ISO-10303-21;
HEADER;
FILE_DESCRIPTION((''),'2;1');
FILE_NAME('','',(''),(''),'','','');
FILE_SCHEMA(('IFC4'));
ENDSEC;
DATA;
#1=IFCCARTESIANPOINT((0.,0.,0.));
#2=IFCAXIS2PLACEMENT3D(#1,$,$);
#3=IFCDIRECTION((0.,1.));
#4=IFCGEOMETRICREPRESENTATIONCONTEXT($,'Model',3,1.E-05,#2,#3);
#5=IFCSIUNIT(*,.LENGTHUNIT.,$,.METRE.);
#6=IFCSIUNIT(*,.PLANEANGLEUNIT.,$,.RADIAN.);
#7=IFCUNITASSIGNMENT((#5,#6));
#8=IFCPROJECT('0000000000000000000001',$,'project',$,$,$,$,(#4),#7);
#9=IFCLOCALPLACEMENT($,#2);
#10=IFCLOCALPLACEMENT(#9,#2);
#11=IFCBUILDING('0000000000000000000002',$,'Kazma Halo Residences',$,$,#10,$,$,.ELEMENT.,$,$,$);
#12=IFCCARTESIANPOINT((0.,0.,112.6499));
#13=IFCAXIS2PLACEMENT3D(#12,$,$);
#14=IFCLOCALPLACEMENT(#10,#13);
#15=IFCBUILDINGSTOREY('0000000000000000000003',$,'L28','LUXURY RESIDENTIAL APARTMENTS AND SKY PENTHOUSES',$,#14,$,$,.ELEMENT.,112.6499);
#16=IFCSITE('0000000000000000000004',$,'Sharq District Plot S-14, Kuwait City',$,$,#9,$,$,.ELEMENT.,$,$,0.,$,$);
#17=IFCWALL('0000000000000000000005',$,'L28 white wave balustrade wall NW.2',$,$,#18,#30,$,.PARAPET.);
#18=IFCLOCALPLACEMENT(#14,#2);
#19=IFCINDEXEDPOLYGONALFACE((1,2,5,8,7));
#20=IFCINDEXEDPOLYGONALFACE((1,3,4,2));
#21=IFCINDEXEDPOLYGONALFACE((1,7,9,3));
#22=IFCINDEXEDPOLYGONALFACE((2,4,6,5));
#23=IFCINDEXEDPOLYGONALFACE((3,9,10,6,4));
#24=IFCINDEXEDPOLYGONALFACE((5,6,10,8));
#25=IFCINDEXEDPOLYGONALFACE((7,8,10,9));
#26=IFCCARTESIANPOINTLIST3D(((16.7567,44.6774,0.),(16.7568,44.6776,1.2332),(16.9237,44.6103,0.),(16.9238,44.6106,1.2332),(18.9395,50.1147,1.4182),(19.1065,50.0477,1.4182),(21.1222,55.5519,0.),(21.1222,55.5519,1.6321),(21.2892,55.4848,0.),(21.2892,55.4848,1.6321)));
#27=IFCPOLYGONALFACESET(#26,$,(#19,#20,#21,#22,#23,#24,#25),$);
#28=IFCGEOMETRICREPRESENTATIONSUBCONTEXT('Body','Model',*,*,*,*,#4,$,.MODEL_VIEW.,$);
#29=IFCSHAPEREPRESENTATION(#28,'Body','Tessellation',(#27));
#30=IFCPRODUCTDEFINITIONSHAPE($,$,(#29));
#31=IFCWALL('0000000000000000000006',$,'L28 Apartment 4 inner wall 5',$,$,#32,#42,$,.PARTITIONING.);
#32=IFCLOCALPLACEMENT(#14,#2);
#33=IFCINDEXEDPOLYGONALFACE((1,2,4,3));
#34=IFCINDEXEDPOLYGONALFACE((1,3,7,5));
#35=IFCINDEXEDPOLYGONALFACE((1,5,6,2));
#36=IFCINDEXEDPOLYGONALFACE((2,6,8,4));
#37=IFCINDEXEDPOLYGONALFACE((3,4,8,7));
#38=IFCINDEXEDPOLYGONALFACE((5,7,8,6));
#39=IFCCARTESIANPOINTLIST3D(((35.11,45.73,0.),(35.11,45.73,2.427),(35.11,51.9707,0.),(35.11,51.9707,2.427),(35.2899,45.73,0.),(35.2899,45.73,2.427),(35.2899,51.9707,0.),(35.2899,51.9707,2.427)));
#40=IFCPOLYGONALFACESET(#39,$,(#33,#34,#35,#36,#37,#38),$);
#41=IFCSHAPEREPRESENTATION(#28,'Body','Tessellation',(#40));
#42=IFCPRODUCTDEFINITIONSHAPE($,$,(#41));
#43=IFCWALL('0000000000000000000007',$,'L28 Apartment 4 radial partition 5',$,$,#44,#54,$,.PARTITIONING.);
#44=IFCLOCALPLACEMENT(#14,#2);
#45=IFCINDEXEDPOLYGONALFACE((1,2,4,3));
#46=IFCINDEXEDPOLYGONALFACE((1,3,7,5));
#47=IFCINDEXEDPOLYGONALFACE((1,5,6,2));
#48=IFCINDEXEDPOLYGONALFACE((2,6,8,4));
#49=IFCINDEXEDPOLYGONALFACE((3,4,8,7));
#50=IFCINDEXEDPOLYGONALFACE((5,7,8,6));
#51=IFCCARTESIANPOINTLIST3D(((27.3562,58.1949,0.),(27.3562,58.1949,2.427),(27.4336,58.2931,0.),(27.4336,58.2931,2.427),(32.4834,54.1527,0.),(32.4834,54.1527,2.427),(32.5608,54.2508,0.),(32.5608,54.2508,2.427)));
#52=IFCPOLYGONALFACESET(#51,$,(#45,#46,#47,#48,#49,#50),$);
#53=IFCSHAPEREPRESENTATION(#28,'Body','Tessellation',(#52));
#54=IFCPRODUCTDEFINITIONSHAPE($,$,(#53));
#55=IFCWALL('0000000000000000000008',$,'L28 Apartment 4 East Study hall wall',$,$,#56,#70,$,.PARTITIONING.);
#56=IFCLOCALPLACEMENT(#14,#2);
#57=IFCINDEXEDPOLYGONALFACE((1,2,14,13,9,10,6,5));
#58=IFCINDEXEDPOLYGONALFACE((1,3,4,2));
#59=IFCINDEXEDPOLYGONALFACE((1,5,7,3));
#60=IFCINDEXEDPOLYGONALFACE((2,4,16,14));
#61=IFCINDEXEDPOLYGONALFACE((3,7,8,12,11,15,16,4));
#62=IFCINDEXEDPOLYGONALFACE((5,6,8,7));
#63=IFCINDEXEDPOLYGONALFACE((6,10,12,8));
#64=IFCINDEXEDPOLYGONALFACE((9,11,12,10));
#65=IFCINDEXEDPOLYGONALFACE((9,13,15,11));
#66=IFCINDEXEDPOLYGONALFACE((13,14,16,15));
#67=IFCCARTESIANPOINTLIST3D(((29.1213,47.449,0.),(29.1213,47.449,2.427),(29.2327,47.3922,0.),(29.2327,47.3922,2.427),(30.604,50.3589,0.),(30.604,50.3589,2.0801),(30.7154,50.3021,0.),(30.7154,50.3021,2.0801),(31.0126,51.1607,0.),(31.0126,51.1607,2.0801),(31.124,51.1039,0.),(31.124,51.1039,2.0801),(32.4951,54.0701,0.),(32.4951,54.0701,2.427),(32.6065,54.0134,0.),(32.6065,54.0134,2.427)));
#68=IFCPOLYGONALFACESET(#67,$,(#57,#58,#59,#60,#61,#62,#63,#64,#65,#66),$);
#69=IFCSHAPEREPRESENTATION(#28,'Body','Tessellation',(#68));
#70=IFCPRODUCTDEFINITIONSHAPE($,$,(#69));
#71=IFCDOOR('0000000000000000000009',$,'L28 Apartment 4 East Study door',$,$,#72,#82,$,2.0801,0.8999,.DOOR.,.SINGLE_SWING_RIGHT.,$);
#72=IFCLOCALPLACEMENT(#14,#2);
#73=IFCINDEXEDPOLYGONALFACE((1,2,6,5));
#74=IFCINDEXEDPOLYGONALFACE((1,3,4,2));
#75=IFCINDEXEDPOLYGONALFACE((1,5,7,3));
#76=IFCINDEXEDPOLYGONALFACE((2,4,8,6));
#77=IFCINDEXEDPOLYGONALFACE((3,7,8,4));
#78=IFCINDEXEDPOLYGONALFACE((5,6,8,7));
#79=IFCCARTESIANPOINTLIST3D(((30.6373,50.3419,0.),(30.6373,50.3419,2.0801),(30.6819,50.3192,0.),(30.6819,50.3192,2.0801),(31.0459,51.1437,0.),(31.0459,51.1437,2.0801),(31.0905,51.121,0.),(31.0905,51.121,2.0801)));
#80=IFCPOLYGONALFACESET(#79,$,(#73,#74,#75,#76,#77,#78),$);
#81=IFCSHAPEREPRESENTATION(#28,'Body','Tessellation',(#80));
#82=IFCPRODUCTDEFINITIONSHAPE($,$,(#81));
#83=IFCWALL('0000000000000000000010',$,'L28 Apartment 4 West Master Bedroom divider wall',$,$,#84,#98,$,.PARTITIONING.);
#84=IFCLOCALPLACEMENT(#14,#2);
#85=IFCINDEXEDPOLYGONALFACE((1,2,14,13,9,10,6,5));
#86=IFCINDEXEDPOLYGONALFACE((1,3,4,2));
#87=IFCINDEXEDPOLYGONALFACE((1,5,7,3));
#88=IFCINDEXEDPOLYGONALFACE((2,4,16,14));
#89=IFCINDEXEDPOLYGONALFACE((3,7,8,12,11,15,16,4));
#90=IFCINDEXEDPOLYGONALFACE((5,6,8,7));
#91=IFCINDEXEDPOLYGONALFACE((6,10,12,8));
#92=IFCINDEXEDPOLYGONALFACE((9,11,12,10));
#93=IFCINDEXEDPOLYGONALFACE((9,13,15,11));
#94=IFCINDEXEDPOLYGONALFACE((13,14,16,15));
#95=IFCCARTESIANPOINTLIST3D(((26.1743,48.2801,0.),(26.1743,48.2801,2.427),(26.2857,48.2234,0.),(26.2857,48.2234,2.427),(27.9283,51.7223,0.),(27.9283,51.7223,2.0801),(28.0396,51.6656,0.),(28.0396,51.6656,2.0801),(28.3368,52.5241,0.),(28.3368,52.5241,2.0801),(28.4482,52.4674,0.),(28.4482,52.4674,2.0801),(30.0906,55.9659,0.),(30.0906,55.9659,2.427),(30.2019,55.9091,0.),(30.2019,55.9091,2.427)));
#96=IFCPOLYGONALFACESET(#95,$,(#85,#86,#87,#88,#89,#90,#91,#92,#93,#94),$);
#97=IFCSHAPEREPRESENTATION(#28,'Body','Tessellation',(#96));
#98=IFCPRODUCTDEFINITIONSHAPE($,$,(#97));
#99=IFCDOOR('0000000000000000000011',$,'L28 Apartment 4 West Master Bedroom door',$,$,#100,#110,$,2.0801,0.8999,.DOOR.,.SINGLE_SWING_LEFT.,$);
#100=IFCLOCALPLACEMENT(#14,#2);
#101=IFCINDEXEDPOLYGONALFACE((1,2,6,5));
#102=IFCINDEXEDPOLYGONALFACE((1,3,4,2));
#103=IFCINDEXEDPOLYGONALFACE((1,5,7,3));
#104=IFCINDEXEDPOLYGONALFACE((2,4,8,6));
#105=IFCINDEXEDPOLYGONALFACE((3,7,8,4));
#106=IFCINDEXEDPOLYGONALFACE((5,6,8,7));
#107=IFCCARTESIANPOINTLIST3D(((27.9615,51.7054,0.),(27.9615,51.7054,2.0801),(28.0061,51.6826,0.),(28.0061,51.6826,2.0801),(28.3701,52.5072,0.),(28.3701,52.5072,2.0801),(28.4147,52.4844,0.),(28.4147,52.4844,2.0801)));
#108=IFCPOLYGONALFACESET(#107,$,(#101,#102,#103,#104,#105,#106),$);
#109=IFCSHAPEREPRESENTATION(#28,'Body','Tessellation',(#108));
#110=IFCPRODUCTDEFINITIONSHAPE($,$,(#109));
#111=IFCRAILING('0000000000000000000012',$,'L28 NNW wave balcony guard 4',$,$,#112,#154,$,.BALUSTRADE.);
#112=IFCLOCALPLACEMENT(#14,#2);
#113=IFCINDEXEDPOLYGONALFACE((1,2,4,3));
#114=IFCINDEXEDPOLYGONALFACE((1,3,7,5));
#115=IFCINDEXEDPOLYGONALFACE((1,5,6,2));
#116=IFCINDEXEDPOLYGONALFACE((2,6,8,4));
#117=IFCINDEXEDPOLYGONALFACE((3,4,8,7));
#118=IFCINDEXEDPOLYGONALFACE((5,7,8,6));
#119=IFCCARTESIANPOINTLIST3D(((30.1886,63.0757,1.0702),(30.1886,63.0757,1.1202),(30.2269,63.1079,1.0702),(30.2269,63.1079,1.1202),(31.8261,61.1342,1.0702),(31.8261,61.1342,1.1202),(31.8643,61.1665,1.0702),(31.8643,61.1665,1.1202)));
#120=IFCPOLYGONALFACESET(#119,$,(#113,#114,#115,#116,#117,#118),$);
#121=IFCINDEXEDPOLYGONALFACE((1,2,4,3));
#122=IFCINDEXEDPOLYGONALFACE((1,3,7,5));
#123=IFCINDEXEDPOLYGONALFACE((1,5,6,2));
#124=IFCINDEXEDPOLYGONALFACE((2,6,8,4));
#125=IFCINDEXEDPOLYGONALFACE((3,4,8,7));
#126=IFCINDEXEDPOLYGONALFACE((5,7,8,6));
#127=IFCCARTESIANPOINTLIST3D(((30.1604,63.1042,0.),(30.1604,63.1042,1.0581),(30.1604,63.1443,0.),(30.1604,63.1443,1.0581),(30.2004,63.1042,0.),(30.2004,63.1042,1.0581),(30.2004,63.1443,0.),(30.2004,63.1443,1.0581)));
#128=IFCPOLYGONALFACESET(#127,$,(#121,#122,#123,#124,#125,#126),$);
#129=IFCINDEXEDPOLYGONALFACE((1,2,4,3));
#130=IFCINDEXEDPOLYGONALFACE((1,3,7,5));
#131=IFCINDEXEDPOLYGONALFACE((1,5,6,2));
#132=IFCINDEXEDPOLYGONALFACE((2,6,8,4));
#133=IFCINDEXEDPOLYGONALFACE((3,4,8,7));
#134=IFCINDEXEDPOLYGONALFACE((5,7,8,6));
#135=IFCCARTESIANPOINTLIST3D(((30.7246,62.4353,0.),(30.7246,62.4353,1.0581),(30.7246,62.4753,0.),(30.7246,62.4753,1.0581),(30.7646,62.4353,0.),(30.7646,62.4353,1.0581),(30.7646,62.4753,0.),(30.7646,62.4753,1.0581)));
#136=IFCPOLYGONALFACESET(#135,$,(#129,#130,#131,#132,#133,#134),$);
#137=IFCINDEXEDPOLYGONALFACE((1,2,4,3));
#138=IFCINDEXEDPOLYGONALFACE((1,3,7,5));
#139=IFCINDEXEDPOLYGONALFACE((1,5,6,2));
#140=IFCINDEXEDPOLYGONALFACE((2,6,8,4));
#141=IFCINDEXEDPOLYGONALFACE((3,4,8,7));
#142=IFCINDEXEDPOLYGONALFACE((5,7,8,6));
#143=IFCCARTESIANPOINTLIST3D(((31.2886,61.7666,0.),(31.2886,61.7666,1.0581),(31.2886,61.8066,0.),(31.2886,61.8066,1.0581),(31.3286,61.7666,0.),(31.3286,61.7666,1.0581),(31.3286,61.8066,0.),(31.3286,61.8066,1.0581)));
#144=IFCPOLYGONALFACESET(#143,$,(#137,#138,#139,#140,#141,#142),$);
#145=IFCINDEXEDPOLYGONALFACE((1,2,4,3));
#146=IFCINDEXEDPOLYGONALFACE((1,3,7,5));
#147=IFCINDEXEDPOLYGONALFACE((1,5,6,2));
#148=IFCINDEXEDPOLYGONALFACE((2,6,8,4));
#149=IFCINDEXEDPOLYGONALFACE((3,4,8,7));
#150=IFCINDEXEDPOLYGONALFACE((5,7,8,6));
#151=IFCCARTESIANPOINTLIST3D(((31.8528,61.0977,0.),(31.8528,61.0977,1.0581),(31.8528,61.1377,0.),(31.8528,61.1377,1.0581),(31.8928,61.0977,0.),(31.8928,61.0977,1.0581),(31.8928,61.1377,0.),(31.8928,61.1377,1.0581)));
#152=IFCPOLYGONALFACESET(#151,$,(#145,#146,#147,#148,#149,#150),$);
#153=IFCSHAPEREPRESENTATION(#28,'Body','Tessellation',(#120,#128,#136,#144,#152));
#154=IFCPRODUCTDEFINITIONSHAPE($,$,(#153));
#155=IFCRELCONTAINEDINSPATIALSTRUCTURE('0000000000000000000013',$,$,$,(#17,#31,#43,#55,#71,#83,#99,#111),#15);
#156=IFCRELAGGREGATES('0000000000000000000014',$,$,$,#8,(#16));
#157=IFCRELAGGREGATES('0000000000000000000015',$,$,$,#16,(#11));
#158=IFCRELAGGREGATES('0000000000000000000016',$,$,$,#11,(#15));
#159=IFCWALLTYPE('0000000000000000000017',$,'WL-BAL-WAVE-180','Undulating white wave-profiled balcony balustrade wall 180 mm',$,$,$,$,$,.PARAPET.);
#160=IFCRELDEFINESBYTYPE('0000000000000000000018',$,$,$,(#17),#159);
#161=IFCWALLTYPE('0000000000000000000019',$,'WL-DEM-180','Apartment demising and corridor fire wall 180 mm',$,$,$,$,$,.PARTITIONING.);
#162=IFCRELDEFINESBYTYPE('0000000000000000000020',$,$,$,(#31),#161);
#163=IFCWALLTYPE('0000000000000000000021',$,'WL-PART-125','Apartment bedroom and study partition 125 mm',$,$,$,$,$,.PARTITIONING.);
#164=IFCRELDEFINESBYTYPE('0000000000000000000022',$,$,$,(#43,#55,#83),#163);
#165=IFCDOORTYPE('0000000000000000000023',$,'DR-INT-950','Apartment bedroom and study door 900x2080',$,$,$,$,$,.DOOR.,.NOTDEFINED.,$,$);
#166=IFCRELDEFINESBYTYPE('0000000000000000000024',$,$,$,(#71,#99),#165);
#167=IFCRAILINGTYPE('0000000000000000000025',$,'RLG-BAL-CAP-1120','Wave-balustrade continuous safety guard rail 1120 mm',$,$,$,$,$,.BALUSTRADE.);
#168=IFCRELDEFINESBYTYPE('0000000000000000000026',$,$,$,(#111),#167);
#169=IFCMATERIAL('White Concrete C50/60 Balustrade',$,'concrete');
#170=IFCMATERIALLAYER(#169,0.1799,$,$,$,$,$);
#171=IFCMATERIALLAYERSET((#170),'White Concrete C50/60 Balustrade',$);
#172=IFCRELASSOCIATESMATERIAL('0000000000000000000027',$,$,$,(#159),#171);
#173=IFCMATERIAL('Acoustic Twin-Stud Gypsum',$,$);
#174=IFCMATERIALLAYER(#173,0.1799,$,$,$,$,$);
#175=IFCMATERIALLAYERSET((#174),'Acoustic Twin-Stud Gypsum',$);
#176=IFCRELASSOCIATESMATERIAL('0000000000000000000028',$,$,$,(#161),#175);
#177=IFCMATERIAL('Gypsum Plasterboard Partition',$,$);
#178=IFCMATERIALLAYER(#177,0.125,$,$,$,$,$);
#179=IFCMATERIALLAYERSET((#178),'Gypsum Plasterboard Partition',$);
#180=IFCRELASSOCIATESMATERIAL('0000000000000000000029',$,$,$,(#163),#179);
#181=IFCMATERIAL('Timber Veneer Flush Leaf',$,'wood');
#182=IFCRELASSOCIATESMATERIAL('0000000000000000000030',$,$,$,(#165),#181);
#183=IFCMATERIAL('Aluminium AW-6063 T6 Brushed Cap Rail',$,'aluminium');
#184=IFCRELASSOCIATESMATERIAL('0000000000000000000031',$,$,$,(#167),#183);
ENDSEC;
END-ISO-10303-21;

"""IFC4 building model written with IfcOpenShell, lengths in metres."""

from ifc_helpers import new_model, si_unit, direction, frame, frame_2d, origin, origin_2d, place, context, subcontext, project, spatial, polyline, rectangle, outline, extrude, material, layer, layer_set, type_object, element, fill, save


model = new_model("IFC4")

# Units and contexts
model_context = context("Model", 3, precision=1e-05, world=origin(), true_north=direction((0.0, 1.0)))
body_context = subcontext(model_context, "Body", "Model", "MODEL_VIEW")
ifc_project = project(units=[si_unit("LENGTHUNIT", "METRE"), si_unit("PLANEANGLEUNIT", "RADIAN")], contexts=[model_context])

# Site, building, storey
site_placement = place(None, origin())
site = spatial("IfcSite", under=ifc_project, at=site_placement, Name="Sharq District Plot S-14, Kuwait City", CompositionType="ELEMENT", RefElevation=0.0)
building_placement = place(site_placement, origin())
building = spatial("IfcBuilding", under=site, at=building_placement, Name="Kazma Halo Residences", CompositionType="ELEMENT")
storey_placement = place(building_placement, frame((0.0, 0.0, 112.6499)))
storey = spatial("IfcBuildingStorey", under=building, at=storey_placement, Name="L28", Description="LUXURY RESIDENTIAL APARTMENTS AND SKY PENTHOUSES", CompositionType="ELEMENT", Elevation=112.6499)

# Walls
ifc_material_1 = material(Name="White Concrete C50/60 Balustrade", Category="concrete")
ifc_layer_1 = layer(ifc_material_1, 0.1799)
ifc_layer_set_1 = layer_set([ifc_layer_1], Name="White Concrete C50/60 Balustrade")
wall_type_1 = type_object("IfcWallType", Name="WL-BAL-WAVE-180", Description="Undulating white wave-profiled balcony balustrade wall 180 mm", PredefinedType="PARAPET", material=ifc_layer_set_1)
wall_1_placement = place(storey_placement, frame((21.2058, 55.5183, 0.0), z_axis=(0.0, 0.0, 1.0), x_axis=(-0.372543, -0.928015, 0.0)))
element("IfcWall", 1, at=wall_1_placement, inside=storey, type_object=wall_type_1, Name="L28 white wave balustrade wall NW.2", PredefinedType="PARAPET", context=body_context, shape_type="SweptSolid", body=[
    extrude(outline(polyline([(0.0, 0.0), (11.718, 0.0), (11.7178, 1.2332), (5.8589, 1.4182), (0.0, 1.6321), (0.0, 0.0)])), frame((0.0, 0.0898, 0.0), z_axis=(0.0, -1.0, 0.0), x_axis=(1.0, 0.0, 0.0)), (0.0, 0.0, 1.0), 0.1799),
])
ifc_material_2 = material(Name="Acoustic Twin-Stud Gypsum")
ifc_layer_2 = layer(ifc_material_2, 0.1799)
ifc_layer_set_2 = layer_set([ifc_layer_2], Name="Acoustic Twin-Stud Gypsum")
wall_type_2 = type_object("IfcWallType", Name="WL-DEM-180", Description="Apartment demising and corridor fire wall 180 mm", PredefinedType="PARTITIONING", material=ifc_layer_set_2)
wall_2_placement = place(storey_placement, frame((35.2, 51.9707, 0.0), z_axis=(0.0, 0.0, 1.0), x_axis=(0.0, -1.0, 0.0)))
element("IfcWall", 2, at=wall_2_placement, inside=storey, type_object=wall_type_2, Name="L28 Apartment 4 inner wall 5", PredefinedType="PARTITIONING", context=body_context, shape_type="SweptSolid", body=[
    extrude(rectangle(XDim=6.2407, YDim=0.1799, at=frame_2d((3.1204, 0.0))), origin(), (0.0, 0.0, 1.0), 2.427),
])

# Wall
ifc_material_3 = material(Name="Gypsum Plasterboard Partition")
ifc_layer_3 = layer(ifc_material_3, 0.125)
ifc_layer_set_3 = layer_set([ifc_layer_3], Name="Gypsum Plasterboard Partition")
wall_type_3 = type_object("IfcWallType", Name="WL-PART-125", Description="Apartment bedroom and study partition 125 mm", PredefinedType="PARTITIONING", material=ifc_layer_set_3)
wall_3_placement = place(storey_placement, frame((32.5222, 54.2017, 0.0), z_axis=(0.0, 0.0, 1.0), x_axis=(-0.785296, 0.61912, 0.0)))
element("IfcWall", 3, at=wall_3_placement, inside=storey, type_object=wall_type_3, Name="L28 Apartment 4 radial partition 5", PredefinedType="PARTITIONING", context=body_context, shape_type="SweptSolid", body=[
    extrude(rectangle(XDim=6.5291, YDim=0.125, at=frame_2d((3.2646, 0.0))), origin(), (0.0, 0.0, 1.0), 2.427),
])

# Walls, openings, doors
wall_4_placement = place(storey_placement, frame((32.5508, 54.0417, 0.0), z_axis=(0.0, 0.0, 1.0), x_axis=(-0.454008, -0.890998, 0.0)))
wall_4 = element("IfcWall", 4, at=wall_4_placement, inside=storey, type_object=wall_type_3, Name="L28 Apartment 4 East Study hall wall", PredefinedType="PARTITIONING", context=body_context, shape_type="SweptSolid", body=[
    extrude(rectangle(XDim=7.4312, YDim=0.125, at=frame_2d((3.7156, 0.0))), origin(), (0.0, 0.0, 1.0), 2.427),
])
opening_1_placement = place(wall_4_placement, frame((3.2654, 0.0, 0.0)))
opening_1 = element("IfcOpeningElement", 5, at=opening_1_placement, cuts=wall_4, PredefinedType="OPENING", context=body_context, shape_type="SweptSolid", body=[
    extrude(rectangle(XDim=0.8999, YDim=2.0801, at=frame_2d((0.45, 1.04))), frame((0.0, 0.0725, 0.0), z_axis=(0.0, -1.0, 0.0), x_axis=(1.0, 0.0, 0.0)), (0.0, 0.0, 1.0), 0.145),
])
ifc_material_4 = material(Name="Timber Veneer Flush Leaf", Category="wood")
door_type_1 = type_object("IfcDoorType", Name="DR-INT-950", Description="Apartment bedroom and study door 900x2080", OperationType="NOTDEFINED", PredefinedType="DOOR", material=ifc_material_4)
door_1_placement = place(opening_1_placement, origin())
door_1 = element("IfcDoor", 6, at=door_1_placement, inside=storey, type_object=door_type_1, Name="L28 Apartment 4 East Study door", OperationType="SINGLE_SWING_RIGHT", OverallHeight=2.0801, OverallWidth=0.8999, PredefinedType="DOOR", context=body_context, shape_type="SweptSolid", body=[
    extrude(rectangle(XDim=0.8999, YDim=2.0801, at=frame_2d((0.45, 1.04))), frame((0.0, 0.0249, 0.0), z_axis=(0.0, -1.0, 0.0), x_axis=(1.0, 0.0, 0.0)), (0.0, 0.0, 1.0), 0.05),
])
fill(opening_1, door_1)
wall_5_placement = place(storey_placement, frame((30.1462, 55.9375, 0.0), z_axis=(0.0, 0.0, 1.0), x_axis=(-0.454005, -0.890999, 0.0)))
wall_5 = element("IfcWall", 7, at=wall_5_placement, inside=storey, type_object=wall_type_3, Name="L28 Apartment 4 West Master Bedroom divider wall", PredefinedType="PARTITIONING", context=body_context, shape_type="SweptSolid", body=[
    extrude(rectangle(XDim=8.626, YDim=0.125, at=frame_2d((4.313, 0.0))), origin(), (0.0, 0.0, 1.0), 2.427),
])
opening_2_placement = place(wall_5_placement, frame((3.8628, 0.0, 0.0)))
opening_2 = element("IfcOpeningElement", 8, at=opening_2_placement, cuts=wall_5, PredefinedType="OPENING", context=body_context, shape_type="SweptSolid", body=[
    extrude(rectangle(XDim=0.8999, YDim=2.0801, at=frame_2d((0.45, 1.04))), frame((0.0, 0.0725, 0.0), z_axis=(0.0, -1.0, 0.0), x_axis=(1.0, 0.0, 0.0)), (0.0, 0.0, 1.0), 0.145),
])
door_2_placement = place(opening_2_placement, origin())
door_2 = element("IfcDoor", 9, at=door_2_placement, inside=storey, type_object=door_type_1, Name="L28 Apartment 4 West Master Bedroom door", OperationType="SINGLE_SWING_LEFT", OverallHeight=2.0801, OverallWidth=0.8999, PredefinedType="DOOR", context=body_context, shape_type="SweptSolid", body=[
    extrude(rectangle(XDim=0.8999, YDim=2.0801, at=frame_2d((0.45, 1.04))), frame((0.0, 0.0249, 0.0), z_axis=(0.0, -1.0, 0.0), x_axis=(1.0, 0.0, 0.0)), (0.0, 0.0, 1.0), 0.05),
])
fill(opening_2, door_2)

# Railing
ifc_material_5 = material(Name="Aluminium AW-6063 T6 Brushed Cap Rail", Category="aluminium")
railing_type = type_object("IfcRailingType", Name="RLG-BAL-CAP-1120", Description="Wave-balustrade continuous safety guard rail 1120 mm", PredefinedType="BALUSTRADE", material=ifc_material_5)
railing_1_placement = place(storey_placement, frame((30.1804, 63.1243, 0.0)))
element("IfcRailing", 10, at=railing_1_placement, inside=storey, type_object=railing_type, Name="L28 NNW wave balcony guard 4", PredefinedType="BALUSTRADE", context=body_context, shape_type="SweptSolid", body=[
    extrude(rectangle(XDim=0.05, YDim=0.05, at=origin_2d()), frame((0.0273, -0.0325, 1.0952), z_axis=(0.64472, -0.764419, 0.0), x_axis=(0.764419, 0.64472, 0.0)), (0.0, 0.0, 1.0), 2.5398),
    extrude(rectangle(XDim=0.04, YDim=0.04, at=origin_2d()), origin(), (0.0, 0.0, 1.0), 1.0581),
    extrude(rectangle(XDim=0.04, YDim=0.04, at=origin_2d()), frame((0.5642, -0.6689, 0.0)), (0.0, 0.0, 1.0), 1.0581),
    extrude(rectangle(XDim=0.04, YDim=0.04, at=origin_2d()), frame((1.1282, -1.3376, 0.0)), (0.0, 0.0, 1.0), 1.0581),
    extrude(rectangle(XDim=0.04, YDim=0.04, at=origin_2d()), frame((1.6924, -2.0066, 0.0)), (0.0, 0.0, 1.0), 1.0581),
])

save(model, "model.ifc")
